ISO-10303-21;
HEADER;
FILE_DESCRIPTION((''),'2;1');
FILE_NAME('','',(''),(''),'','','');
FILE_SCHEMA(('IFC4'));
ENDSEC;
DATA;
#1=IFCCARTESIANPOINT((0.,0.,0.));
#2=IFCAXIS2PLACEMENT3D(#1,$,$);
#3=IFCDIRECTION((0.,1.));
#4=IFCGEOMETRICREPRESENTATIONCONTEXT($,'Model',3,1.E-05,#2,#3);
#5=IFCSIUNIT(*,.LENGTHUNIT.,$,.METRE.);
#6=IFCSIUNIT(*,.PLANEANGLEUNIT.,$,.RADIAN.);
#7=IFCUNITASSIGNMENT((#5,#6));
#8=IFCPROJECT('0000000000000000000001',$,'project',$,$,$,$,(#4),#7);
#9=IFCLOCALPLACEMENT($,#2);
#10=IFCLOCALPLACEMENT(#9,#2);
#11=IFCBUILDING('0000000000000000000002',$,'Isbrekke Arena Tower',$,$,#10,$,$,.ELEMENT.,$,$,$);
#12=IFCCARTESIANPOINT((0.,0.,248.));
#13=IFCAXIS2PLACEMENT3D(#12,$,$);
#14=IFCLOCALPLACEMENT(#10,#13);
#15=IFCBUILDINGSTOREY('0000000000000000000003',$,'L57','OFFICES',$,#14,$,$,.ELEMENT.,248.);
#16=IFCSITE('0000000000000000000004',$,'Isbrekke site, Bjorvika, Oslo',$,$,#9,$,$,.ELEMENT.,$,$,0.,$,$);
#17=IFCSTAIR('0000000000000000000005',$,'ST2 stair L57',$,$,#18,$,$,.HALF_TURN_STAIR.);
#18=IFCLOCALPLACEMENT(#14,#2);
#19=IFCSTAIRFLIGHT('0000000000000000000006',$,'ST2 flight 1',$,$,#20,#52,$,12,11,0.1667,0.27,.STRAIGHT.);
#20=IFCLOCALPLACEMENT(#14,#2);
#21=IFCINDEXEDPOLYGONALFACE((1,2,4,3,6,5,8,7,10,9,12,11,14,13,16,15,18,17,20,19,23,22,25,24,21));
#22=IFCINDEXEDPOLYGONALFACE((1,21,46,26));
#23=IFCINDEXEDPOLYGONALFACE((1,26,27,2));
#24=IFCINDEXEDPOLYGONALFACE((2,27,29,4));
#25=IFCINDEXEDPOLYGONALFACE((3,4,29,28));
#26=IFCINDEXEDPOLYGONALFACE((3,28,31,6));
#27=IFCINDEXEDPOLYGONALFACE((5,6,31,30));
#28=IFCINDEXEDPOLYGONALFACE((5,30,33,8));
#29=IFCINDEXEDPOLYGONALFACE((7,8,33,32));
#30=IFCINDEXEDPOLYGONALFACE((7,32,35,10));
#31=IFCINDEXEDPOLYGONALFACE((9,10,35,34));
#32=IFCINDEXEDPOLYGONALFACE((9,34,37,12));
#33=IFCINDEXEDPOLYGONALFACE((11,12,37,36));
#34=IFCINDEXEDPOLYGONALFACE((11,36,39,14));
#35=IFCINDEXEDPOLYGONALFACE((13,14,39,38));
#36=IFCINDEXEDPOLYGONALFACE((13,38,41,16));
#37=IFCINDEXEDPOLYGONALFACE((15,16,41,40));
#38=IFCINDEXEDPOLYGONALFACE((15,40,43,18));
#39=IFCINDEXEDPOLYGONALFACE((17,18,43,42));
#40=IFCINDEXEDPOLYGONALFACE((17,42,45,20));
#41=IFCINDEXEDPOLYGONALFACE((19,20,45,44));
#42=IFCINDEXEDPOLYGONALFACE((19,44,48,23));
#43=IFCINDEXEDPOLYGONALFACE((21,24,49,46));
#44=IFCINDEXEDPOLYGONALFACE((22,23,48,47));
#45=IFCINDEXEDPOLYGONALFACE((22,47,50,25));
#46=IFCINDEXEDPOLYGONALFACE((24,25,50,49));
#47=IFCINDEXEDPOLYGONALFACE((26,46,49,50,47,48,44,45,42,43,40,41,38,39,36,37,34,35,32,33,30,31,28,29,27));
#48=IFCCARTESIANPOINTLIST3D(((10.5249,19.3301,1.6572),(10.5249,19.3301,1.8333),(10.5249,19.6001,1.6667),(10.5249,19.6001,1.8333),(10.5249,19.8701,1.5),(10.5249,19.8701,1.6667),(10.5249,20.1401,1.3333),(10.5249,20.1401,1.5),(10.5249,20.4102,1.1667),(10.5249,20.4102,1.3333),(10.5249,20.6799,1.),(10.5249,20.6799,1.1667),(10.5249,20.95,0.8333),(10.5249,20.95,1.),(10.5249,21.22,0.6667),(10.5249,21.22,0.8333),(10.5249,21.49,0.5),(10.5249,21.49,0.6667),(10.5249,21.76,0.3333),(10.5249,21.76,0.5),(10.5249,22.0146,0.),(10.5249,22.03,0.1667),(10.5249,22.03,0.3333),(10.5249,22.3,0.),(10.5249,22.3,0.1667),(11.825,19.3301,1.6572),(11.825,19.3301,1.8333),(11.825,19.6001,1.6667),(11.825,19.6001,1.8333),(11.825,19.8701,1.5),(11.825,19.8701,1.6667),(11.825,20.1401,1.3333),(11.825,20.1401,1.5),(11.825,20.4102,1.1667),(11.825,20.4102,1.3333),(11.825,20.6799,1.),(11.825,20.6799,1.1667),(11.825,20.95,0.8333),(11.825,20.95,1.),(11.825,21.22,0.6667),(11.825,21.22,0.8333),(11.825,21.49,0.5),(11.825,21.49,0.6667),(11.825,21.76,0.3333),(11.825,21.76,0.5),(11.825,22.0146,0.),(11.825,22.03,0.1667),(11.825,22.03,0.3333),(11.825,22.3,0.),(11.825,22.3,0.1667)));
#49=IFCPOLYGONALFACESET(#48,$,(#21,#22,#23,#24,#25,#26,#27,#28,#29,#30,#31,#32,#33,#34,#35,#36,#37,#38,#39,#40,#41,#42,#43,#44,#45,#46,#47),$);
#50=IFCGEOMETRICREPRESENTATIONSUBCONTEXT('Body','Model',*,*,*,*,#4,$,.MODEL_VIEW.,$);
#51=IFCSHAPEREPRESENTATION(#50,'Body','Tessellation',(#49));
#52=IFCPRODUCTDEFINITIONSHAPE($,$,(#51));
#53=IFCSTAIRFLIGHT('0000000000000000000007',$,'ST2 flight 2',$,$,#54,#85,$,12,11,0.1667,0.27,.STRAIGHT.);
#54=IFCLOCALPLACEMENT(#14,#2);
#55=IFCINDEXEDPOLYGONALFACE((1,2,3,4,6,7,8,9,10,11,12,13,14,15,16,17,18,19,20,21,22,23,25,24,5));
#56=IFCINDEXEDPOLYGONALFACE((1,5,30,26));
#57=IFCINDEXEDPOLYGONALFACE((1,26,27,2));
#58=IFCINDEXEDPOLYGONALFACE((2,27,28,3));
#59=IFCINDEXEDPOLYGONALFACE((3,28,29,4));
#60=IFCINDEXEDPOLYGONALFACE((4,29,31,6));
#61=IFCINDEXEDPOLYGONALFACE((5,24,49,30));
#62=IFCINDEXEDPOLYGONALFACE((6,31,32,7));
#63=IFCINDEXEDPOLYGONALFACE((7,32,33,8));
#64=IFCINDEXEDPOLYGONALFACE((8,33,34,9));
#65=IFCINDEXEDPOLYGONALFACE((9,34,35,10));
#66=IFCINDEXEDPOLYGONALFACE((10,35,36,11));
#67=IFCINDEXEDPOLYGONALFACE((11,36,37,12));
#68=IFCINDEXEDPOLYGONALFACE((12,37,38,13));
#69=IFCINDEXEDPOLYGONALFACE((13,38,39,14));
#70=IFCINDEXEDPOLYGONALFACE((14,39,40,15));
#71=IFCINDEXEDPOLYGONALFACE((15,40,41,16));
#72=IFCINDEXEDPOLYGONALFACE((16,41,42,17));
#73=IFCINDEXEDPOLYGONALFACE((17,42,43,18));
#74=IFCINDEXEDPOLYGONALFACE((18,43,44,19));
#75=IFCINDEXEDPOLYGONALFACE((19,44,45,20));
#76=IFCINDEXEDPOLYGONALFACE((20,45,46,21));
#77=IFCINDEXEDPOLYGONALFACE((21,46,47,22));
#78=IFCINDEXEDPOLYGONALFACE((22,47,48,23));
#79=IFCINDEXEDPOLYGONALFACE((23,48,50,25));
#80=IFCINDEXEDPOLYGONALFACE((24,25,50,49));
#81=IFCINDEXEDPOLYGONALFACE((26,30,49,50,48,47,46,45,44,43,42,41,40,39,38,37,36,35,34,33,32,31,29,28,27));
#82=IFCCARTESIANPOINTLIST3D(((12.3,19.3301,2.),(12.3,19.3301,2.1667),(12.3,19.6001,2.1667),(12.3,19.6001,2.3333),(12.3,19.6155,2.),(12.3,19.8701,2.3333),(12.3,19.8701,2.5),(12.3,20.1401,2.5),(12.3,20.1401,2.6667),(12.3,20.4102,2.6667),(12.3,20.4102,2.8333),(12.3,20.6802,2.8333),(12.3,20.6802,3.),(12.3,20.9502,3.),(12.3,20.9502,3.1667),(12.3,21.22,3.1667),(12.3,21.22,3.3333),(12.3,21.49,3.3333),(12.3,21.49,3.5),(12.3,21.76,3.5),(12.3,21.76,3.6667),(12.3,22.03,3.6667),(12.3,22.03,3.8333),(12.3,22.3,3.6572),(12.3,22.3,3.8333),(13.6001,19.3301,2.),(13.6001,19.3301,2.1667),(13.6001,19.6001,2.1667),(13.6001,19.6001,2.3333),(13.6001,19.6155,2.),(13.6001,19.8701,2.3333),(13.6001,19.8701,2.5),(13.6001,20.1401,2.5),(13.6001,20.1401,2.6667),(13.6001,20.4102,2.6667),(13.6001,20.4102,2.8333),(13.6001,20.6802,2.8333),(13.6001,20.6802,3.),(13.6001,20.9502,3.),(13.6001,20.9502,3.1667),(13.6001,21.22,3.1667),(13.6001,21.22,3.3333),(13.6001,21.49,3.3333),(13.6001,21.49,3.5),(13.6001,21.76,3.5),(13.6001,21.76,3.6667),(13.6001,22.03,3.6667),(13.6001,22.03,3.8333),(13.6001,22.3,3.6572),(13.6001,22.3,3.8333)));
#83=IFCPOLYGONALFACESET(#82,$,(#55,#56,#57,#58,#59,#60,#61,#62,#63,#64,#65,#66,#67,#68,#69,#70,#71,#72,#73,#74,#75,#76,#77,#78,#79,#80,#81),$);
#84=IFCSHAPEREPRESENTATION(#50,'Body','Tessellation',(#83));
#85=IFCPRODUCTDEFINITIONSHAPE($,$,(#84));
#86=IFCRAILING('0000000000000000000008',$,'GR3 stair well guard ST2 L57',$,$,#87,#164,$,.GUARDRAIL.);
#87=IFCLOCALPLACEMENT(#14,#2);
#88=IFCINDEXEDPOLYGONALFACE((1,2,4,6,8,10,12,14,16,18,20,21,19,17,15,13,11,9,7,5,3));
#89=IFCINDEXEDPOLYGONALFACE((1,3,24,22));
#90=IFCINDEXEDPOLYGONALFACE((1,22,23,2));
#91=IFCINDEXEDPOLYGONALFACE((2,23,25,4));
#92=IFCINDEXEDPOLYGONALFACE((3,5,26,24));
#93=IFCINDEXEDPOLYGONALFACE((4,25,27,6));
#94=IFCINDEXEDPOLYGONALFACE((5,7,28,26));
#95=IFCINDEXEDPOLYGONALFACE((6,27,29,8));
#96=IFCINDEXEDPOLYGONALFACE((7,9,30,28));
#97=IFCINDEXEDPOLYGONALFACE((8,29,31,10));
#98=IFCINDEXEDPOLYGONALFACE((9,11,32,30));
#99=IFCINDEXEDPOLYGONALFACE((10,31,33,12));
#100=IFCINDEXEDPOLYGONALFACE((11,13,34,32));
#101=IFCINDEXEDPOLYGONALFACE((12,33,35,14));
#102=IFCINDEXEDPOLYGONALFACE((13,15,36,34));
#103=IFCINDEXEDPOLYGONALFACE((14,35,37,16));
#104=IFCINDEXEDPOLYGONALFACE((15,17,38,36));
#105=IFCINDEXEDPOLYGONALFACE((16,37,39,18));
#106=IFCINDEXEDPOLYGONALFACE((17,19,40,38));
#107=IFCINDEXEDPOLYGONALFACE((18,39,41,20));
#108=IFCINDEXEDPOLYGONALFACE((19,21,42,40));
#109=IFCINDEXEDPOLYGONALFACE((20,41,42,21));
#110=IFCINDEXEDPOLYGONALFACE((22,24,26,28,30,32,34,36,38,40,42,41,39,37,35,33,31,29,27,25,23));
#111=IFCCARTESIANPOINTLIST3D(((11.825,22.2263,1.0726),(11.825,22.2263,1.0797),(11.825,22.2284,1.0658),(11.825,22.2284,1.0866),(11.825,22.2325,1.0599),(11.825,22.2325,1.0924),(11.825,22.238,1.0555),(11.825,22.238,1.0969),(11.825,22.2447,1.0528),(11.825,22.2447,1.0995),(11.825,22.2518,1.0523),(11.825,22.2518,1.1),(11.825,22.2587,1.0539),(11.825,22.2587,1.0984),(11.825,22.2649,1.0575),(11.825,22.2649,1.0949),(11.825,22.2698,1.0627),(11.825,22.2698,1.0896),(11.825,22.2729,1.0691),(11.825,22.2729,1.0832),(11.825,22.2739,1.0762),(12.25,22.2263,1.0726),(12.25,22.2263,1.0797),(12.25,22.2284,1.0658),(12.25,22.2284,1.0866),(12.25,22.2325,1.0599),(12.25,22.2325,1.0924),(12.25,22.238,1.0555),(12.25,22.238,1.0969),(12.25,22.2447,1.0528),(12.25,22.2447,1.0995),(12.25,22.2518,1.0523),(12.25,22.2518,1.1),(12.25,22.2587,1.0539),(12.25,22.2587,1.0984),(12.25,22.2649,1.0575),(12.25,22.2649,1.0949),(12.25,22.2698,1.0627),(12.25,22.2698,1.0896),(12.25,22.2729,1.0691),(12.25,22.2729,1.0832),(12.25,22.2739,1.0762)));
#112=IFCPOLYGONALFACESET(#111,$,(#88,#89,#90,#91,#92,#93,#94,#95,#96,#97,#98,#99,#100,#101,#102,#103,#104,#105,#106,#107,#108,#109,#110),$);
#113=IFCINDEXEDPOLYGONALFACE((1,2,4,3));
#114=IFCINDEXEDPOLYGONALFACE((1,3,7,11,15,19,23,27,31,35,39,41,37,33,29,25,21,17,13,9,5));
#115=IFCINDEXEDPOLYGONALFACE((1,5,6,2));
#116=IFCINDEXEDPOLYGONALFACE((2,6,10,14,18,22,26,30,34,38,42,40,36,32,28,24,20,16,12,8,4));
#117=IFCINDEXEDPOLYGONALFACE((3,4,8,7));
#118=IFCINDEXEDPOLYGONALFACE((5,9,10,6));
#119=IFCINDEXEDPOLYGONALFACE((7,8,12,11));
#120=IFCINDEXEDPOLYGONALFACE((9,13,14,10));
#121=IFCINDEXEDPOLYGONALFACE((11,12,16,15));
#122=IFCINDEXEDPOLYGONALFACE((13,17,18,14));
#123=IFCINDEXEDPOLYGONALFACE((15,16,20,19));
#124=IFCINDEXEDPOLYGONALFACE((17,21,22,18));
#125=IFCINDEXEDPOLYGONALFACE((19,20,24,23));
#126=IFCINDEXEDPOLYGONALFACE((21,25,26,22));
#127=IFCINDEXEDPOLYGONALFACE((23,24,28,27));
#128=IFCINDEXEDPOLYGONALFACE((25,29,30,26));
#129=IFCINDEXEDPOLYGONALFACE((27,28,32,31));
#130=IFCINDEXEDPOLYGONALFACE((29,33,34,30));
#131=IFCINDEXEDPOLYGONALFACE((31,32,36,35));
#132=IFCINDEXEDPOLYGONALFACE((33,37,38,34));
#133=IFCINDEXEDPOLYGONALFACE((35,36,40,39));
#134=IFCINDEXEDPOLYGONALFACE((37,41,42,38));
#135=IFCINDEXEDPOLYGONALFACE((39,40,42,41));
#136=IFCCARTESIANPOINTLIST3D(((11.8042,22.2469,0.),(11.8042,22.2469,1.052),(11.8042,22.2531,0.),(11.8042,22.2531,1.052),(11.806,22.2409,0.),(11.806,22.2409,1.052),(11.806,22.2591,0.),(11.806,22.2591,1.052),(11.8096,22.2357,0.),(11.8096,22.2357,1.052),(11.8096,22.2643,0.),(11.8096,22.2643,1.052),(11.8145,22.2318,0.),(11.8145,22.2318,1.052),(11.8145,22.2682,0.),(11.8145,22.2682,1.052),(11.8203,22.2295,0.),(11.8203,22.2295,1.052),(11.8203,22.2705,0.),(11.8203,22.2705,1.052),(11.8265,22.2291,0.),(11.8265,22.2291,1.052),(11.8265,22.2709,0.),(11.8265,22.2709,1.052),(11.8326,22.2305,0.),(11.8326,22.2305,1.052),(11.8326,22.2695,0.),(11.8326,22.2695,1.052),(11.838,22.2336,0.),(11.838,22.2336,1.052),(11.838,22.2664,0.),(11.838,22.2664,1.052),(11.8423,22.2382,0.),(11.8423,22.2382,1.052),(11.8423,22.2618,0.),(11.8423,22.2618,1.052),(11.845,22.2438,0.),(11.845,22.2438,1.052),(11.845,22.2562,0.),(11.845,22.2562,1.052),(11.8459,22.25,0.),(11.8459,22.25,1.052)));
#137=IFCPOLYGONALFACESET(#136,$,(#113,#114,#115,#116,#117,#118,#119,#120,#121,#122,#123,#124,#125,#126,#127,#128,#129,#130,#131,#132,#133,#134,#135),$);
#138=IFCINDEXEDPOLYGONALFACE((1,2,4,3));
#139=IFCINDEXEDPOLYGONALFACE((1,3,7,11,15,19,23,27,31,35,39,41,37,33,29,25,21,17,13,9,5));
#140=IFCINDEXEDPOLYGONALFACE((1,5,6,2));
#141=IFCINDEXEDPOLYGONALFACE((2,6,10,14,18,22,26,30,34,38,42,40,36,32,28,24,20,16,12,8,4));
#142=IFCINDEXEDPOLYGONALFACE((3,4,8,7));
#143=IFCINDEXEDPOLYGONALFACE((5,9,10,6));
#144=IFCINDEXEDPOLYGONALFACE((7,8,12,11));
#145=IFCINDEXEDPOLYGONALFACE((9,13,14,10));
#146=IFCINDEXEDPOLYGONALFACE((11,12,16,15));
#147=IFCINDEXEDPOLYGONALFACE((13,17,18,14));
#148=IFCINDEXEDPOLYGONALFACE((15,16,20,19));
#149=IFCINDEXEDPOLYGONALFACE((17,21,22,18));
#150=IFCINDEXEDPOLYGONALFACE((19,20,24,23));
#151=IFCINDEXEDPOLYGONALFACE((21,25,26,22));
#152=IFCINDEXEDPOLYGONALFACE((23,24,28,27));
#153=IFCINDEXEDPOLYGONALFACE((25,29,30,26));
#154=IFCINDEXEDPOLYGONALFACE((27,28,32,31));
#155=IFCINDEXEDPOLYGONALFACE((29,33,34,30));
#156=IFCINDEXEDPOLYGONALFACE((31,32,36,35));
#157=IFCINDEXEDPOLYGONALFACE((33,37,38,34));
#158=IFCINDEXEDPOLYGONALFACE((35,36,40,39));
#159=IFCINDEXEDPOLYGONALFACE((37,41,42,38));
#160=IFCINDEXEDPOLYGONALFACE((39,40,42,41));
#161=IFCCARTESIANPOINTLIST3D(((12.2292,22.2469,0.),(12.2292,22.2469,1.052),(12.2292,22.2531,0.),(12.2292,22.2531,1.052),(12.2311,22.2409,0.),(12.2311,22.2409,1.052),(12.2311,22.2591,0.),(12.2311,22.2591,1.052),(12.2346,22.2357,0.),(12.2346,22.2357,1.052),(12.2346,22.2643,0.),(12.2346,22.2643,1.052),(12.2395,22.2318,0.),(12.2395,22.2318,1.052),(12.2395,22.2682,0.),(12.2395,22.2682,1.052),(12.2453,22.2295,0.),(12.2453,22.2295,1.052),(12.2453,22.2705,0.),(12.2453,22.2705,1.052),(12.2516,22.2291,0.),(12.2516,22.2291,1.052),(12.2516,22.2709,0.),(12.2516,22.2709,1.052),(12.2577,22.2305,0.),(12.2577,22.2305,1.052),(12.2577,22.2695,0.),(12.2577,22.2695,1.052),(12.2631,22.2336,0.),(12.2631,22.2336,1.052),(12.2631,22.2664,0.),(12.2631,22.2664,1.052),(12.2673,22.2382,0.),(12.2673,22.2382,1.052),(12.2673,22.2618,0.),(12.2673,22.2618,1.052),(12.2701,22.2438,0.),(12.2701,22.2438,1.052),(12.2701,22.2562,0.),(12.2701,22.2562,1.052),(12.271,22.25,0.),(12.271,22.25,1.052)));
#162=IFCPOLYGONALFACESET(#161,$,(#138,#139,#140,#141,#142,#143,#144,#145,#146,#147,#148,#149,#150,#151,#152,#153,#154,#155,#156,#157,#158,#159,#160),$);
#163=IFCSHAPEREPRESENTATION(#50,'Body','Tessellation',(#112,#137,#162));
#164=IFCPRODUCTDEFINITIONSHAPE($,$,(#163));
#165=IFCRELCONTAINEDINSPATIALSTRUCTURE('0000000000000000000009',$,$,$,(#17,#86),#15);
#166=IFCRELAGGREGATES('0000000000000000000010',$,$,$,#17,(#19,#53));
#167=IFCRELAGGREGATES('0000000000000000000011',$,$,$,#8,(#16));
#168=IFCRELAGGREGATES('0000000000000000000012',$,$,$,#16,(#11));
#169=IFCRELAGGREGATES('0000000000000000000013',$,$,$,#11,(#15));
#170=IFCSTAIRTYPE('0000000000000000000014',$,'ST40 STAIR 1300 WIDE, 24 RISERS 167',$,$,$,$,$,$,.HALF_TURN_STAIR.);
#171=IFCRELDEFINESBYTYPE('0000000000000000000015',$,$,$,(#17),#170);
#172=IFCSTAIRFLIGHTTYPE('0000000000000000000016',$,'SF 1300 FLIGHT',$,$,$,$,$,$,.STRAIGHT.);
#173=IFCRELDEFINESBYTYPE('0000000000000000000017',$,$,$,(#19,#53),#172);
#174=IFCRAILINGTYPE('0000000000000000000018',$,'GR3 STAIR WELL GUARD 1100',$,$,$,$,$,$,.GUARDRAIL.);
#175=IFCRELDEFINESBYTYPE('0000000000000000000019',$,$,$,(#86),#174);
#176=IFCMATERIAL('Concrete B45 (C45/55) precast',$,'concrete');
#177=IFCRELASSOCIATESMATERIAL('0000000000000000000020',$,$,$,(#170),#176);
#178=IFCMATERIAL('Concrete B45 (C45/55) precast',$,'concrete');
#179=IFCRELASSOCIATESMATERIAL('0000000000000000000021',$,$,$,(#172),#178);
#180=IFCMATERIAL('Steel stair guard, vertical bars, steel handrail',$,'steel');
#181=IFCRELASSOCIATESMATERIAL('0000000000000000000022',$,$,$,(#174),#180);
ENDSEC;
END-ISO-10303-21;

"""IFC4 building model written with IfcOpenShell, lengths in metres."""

from ifc_helpers import new_model, si_unit, direction, frame, origin, origin_2d, place, context, subcontext, project, spatial, polyline, circle, outline, extrude, material, type_object, element, aggregate, save


model = new_model("IFC4")

# Units and contexts
model_context = context("Model", 3, precision=1e-05, world=origin(), true_north=direction((0.0, 1.0)))
body_context = subcontext(model_context, "Body", "Model", "MODEL_VIEW")
ifc_project = project(units=[si_unit("LENGTHUNIT", "METRE"), si_unit("PLANEANGLEUNIT", "RADIAN")], contexts=[model_context])

# Site, building, storey
site_placement = place(None, origin())
site = spatial("IfcSite", under=ifc_project, at=site_placement, Name="Isbrekke site, Bjorvika, Oslo", CompositionType="ELEMENT", RefElevation=0.0)
building_placement = place(site_placement, origin())
building = spatial("IfcBuilding", under=site, at=building_placement, Name="Isbrekke Arena Tower", CompositionType="ELEMENT")
storey_placement = place(building_placement, frame((0.0, 0.0, 248.0)))
storey = spatial("IfcBuildingStorey", under=building, at=storey_placement, Name="L57", Description="OFFICES", CompositionType="ELEMENT", Elevation=248.0)

# Stair, stair flights
ifc_material_1 = material(Name="Concrete B45 (C45/55) precast", Category="concrete")
stair_type = type_object("IfcStairType", Name="ST40 STAIR 1300 WIDE, 24 RISERS 167", PredefinedType="HALF_TURN_STAIR", material=ifc_material_1)
stair_placement = place(storey_placement, origin())
stair = element("IfcStair", 1, at=stair_placement, inside=storey, type_object=stair_type, Name="ST2 stair L57", PredefinedType="HALF_TURN_STAIR")
ifc_material_2 = material(Name="Concrete B45 (C45/55) precast", Category="concrete")
stair_flight_type = type_object("IfcStairFlightType", Name="SF 1300 FLIGHT", PredefinedType="STRAIGHT", material=ifc_material_2)
stair_flight_1_placement = place(storey_placement, frame((11.175, 22.3, 0.0), z_axis=(0.0, 0.0, 1.0), x_axis=(0.0, -1.0, 0.0)))
stair_flight_1 = element("IfcStairFlight", 2, at=stair_flight_1_placement, type_object=stair_flight_type, Name="ST2 flight 1", NumberOfRisers=12, NumberOfTreads=11, PredefinedType="STRAIGHT", RiserHeight=0.1667, TreadLength=0.27, context=body_context, shape_type="SweptSolid", body=[
    extrude(outline(polyline([(0.0, 0.0), (0.0, 0.1667), (0.27, 0.1667), (0.27, 0.3333), (0.54, 0.3333), (0.54, 0.5), (0.8101, 0.5), (0.8101, 0.6667), (1.0801, 0.6667), (1.0801, 0.8333), (1.3501, 0.8333), (1.3501, 1.0), (1.6201, 1.0), (1.6201, 1.1667), (1.8899, 1.1667), (1.8899, 1.3333), (2.1599, 1.3333), (2.1599, 1.5), (2.4299, 1.5), (2.4299, 1.6667), (2.7, 1.6667), (2.7, 1.8333), (2.97, 1.8333), (2.97, 2.0), (2.97, 1.6572), (0.2854, 0.0), (0.0, 0.0)])), frame((0.0, 0.6499, 0.0), z_axis=(0.0, -1.0, 0.0), x_axis=(1.0, 0.0, 0.0)), (0.0, 0.0, 1.0), 1.3),
])
stair_flight_2_placement = place(storey_placement, frame((12.95, 19.3301, 2.0), z_axis=(0.0, 0.0, 1.0), x_axis=(0.0, 1.0, 0.0)))
stair_flight_2 = element("IfcStairFlight", 3, at=stair_flight_2_placement, type_object=stair_flight_type, Name="ST2 flight 2", NumberOfRisers=12, NumberOfTreads=11, PredefinedType="STRAIGHT", RiserHeight=0.1667, TreadLength=0.27, context=body_context, shape_type="SweptSolid", body=[
    extrude(outline(polyline([(0.0, 0.0), (0.0, 0.1667), (0.27, 0.1667), (0.27, 0.3333), (0.54, 0.3333), (0.54, 0.5), (0.8101, 0.5), (0.8101, 0.6667), (1.0801, 0.6667), (1.0801, 0.8333), (1.3501, 0.8333), (1.3501, 1.0), (1.6201, 1.0), (1.6201, 1.1667), (1.8899, 1.1667), (1.8899, 1.3333), (2.1599, 1.3333), (2.1599, 1.5), (2.4299, 1.5), (2.4299, 1.6667), (2.7, 1.6667), (2.7, 1.8333), (2.97, 1.8333), (2.97, 2.0), (2.97, 1.6572), (0.2854, 0.0), (0.0, 0.0)])), frame((0.0, 0.6499, 0.0), z_axis=(0.0, -1.0, 0.0), x_axis=(1.0, 0.0, 0.0)), (0.0, 0.0, 1.0), 1.3),
])
aggregate(stair, [stair_flight_1, stair_flight_2])

# Railing
ifc_material_3 = material(Name="Steel stair guard, vertical bars, steel handrail", Category="steel")
railing_type = type_object("IfcRailingType", Name="GR3 STAIR WELL GUARD 1100", PredefinedType="GUARDRAIL", material=ifc_material_3)
railing_1_placement = place(storey_placement, frame((11.825, 22.25, 0.0)))
element("IfcRailing", 4, at=railing_1_placement, inside=storey, type_object=railing_type, Name="GR3 stair well guard ST2 L57", PredefinedType="GUARDRAIL", context=body_context, shape_type="SweptSolid", body=[
    extrude(circle(Radius=0.0239, at=origin_2d()), frame((0.0, 0.0, 1.0762), z_axis=(1.0, 0.0, 0.0), x_axis=(0.0, 1.0, 0.0)), (0.0, 0.0, 1.0), 0.425),
    extrude(circle(Radius=0.021, at=origin_2d()), origin(), (0.0, 0.0, 1.0), 1.052),
    extrude(circle(Radius=0.021, at=origin_2d()), frame((0.425, 0.0, 0.0)), (0.0, 0.0, 1.0), 1.052),
])

save(model, "model.ifc")
